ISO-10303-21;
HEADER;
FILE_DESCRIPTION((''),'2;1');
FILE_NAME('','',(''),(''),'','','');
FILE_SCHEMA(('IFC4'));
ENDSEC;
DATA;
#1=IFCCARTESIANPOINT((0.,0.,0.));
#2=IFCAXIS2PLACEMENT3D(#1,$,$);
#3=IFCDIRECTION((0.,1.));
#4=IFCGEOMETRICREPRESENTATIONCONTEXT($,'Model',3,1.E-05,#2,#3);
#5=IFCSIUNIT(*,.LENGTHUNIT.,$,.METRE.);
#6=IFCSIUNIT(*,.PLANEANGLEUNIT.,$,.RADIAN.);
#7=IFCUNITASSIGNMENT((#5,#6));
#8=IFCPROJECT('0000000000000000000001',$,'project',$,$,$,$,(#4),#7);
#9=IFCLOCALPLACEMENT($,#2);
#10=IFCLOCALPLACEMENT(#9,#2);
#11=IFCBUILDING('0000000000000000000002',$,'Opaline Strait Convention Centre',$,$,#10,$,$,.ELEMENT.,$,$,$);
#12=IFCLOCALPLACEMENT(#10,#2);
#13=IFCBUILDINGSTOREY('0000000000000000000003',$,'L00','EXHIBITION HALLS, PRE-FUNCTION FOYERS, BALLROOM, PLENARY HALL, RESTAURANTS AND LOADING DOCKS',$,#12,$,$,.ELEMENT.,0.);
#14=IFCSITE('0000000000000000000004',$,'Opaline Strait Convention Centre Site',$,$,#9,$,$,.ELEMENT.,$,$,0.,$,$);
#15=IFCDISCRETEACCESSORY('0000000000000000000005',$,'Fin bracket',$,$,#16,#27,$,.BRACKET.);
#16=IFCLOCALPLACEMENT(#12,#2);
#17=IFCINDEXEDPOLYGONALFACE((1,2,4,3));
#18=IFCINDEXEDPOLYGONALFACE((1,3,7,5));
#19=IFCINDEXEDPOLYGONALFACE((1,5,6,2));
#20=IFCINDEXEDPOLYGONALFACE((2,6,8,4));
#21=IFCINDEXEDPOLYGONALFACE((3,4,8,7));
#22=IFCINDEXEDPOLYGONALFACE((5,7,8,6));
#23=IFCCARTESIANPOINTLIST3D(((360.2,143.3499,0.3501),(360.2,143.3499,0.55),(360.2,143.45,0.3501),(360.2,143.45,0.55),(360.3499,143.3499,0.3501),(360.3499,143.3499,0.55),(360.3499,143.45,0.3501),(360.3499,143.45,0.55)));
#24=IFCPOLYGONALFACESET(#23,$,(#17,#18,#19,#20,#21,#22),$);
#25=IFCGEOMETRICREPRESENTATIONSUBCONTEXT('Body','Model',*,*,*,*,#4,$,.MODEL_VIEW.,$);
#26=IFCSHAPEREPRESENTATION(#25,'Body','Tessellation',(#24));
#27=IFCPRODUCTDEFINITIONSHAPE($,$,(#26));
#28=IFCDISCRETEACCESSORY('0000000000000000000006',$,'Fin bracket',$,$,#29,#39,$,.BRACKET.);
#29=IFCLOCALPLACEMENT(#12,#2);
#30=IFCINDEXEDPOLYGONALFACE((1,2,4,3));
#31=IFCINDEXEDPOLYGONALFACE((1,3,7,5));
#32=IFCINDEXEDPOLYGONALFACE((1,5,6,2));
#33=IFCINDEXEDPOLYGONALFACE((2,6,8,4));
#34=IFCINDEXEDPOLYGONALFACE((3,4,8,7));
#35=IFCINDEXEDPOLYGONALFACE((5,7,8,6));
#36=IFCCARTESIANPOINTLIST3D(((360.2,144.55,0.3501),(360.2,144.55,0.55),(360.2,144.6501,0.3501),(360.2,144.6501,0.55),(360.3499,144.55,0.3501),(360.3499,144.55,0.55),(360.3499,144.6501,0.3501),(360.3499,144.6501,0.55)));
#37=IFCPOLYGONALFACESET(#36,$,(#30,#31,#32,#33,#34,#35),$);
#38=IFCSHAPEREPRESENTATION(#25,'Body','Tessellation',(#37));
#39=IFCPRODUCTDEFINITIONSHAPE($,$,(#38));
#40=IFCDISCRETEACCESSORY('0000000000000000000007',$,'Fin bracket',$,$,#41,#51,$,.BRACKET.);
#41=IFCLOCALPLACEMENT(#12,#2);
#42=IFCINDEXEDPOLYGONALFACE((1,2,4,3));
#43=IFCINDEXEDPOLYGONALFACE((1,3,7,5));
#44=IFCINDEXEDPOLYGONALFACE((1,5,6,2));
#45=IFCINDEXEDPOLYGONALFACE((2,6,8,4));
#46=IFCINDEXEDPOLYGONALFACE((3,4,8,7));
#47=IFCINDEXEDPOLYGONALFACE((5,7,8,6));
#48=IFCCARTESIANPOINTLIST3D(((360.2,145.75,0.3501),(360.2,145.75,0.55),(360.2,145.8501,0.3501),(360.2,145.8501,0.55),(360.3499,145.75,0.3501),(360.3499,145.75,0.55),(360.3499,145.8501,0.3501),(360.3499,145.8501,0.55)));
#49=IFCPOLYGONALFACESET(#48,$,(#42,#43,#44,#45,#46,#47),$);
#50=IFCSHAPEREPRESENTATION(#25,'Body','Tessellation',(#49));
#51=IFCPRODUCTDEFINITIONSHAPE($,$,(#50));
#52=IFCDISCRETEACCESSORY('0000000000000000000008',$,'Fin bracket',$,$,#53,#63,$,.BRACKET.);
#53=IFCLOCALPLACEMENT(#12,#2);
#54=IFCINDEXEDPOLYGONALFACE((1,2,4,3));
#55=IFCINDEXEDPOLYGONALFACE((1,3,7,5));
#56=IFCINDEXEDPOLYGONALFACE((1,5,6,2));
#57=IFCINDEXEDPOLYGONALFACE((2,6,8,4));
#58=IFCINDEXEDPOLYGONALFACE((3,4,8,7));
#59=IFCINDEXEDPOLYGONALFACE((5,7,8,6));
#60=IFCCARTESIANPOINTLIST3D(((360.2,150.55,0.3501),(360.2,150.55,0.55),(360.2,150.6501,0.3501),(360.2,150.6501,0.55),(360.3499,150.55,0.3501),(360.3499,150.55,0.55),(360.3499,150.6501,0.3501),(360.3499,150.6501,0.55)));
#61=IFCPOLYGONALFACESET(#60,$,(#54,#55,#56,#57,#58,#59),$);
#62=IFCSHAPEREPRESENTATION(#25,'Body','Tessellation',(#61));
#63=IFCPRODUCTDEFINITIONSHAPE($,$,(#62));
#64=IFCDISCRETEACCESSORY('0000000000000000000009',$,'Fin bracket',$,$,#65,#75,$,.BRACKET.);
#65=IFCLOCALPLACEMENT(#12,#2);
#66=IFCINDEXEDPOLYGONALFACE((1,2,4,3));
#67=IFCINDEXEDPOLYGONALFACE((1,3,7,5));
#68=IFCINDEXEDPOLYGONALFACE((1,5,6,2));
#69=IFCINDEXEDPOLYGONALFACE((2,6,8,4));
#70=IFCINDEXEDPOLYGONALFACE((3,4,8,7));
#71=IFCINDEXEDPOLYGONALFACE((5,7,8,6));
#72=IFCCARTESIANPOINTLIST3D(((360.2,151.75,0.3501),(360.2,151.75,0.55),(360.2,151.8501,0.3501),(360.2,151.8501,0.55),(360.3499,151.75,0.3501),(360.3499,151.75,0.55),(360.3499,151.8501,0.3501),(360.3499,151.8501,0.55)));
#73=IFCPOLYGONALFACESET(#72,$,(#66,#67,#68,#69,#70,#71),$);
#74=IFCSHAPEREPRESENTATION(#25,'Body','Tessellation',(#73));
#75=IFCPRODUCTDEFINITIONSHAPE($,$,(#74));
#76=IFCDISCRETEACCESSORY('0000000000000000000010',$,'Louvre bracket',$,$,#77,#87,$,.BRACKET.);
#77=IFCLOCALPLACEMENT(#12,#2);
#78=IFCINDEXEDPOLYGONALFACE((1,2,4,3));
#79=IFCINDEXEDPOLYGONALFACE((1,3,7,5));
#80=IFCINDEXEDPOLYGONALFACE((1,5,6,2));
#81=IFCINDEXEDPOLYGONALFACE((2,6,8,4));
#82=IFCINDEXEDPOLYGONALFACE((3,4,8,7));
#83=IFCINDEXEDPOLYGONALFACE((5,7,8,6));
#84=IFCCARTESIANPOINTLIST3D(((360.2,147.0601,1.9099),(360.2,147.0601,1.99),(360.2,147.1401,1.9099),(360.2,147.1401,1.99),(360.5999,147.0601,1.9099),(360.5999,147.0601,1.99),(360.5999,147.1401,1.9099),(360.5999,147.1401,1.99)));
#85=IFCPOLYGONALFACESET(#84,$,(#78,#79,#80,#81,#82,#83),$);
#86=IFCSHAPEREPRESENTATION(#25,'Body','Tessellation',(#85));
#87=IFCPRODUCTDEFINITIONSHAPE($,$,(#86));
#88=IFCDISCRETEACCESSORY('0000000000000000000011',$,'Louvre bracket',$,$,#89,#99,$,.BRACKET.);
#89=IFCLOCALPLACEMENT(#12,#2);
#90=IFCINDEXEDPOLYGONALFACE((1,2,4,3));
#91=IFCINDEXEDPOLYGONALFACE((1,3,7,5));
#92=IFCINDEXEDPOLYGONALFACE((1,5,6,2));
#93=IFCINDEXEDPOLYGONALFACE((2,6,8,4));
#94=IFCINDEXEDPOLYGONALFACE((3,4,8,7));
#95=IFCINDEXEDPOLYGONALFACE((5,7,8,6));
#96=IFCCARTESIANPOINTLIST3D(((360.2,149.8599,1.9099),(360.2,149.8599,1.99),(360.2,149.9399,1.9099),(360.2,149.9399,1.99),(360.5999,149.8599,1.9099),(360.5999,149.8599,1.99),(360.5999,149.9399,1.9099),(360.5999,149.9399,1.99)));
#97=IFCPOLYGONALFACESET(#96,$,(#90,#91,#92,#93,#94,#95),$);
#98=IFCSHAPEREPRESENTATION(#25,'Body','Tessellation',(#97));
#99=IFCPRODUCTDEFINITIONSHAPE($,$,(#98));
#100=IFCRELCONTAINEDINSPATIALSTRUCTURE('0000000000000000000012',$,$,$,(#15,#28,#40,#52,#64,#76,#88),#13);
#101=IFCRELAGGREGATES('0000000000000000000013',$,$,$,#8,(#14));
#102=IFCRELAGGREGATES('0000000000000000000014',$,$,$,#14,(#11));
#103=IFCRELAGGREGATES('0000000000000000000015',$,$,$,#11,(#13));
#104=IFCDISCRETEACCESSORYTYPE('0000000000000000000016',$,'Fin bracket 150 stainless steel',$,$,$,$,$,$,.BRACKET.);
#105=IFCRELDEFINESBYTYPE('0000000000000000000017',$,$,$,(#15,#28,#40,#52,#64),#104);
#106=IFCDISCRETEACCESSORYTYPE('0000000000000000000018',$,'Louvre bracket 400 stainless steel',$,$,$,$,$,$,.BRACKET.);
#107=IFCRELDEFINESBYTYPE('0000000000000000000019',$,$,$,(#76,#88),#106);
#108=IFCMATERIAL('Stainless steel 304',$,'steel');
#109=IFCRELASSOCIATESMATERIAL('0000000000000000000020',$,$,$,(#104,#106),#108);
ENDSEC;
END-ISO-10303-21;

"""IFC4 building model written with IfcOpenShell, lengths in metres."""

from ifc_helpers import new_model, si_unit, direction, frame, origin, origin_2d, place, context, subcontext, project, spatial, rectangle, extrude, material, type_object, element, save


model = new_model("IFC4")

# Units and contexts
model_context = context("Model", 3, precision=1e-05, world=origin(), true_north=direction((0.0, 1.0)))
body_context = subcontext(model_context, "Body", "Model", "MODEL_VIEW")
ifc_project = project(units=[si_unit("LENGTHUNIT", "METRE"), si_unit("PLANEANGLEUNIT", "RADIAN")], contexts=[model_context])

# Site, building, storey
site_placement = place(None, origin())
site = spatial("IfcSite", under=ifc_project, at=site_placement, Name="Opaline Strait Convention Centre Site", CompositionType="ELEMENT", RefElevation=0.0)
building_placement = place(site_placement, origin())
building = spatial("IfcBuilding", under=site, at=building_placement, Name="Opaline Strait Convention Centre", CompositionType="ELEMENT")
storey_placement = place(building_placement, origin())
storey = spatial("IfcBuildingStorey", under=building, at=storey_placement, Name="L00", Description="EXHIBITION HALLS, PRE-FUNCTION FOYERS, BALLROOM, PLENARY HALL, RESTAURANTS AND LOADING DOCKS", CompositionType="ELEMENT", Elevation=0.0)

# Discrete accessories
ifc_material_1 = material(Name="Stainless steel 304", Category="steel")
discrete_accessory_type_1 = type_object("IfcDiscreteAccessoryType", Name="Fin bracket 150 stainless steel", PredefinedType="BRACKET", material=ifc_material_1)
for number, where, z_axis, x_axis, name in (
    (1, (360.2749, 143.3999, 0.3501), (0.0, 0.0, 1.0), (1.0, 0.0, 0.0), "Fin bracket"),
    (2, (360.2749, 144.6001, 0.3501), (0.0, 0.0, 1.0), (1.0, 0.0, 0.0), "Fin bracket"),
    (3, (360.2749, 145.8, 0.3501), (0.0, 0.0, 1.0), (1.0, 0.0, 0.0), "Fin bracket"),
    (4, (360.2749, 150.6001, 0.3501), (0.0, 0.0, 1.0), (1.0, 0.0, 0.0), "Fin bracket"),
    (5, (360.2749, 151.8, 0.3501), (0.0, 0.0, 1.0), (1.0, 0.0, 0.0), "Fin bracket"),
):
    element("IfcDiscreteAccessory", number, at=place(storey_placement, frame(where, z_axis=z_axis, x_axis=x_axis)), inside=storey, type_object=discrete_accessory_type_1, Name=name, PredefinedType="BRACKET", context=body_context, shape_type="SweptSolid", body=[
        extrude(rectangle(XDim=0.1499, YDim=0.1001, at=origin_2d()), origin(), (0.0, 0.0, 1.0), 0.2),
    ])
discrete_accessory_type_2 = type_object("IfcDiscreteAccessoryType", Name="Louvre bracket 400 stainless steel", PredefinedType="BRACKET", material=ifc_material_1)
for number, where, z_axis, x_axis, name in (
    (6, (360.3999, 147.1001, 1.9099), (0.0, 0.0, 1.0), (1.0, 0.0, 0.0), "Louvre bracket"),
    (7, (360.3999, 149.8999, 1.9099), (0.0, 0.0, 1.0), (1.0, 0.0, 0.0), "Louvre bracket"),
):
    element("IfcDiscreteAccessory", number, at=place(storey_placement, frame(where, z_axis=z_axis, x_axis=x_axis)), inside=storey, type_object=discrete_accessory_type_2, Name=name, PredefinedType="BRACKET", context=body_context, shape_type="SweptSolid", body=[
        extrude(rectangle(XDim=0.3999, YDim=0.0801, at=origin_2d()), origin(), (0.0, 0.0, 1.0), 0.0801),
    ])

save(model, "model.ifc")
